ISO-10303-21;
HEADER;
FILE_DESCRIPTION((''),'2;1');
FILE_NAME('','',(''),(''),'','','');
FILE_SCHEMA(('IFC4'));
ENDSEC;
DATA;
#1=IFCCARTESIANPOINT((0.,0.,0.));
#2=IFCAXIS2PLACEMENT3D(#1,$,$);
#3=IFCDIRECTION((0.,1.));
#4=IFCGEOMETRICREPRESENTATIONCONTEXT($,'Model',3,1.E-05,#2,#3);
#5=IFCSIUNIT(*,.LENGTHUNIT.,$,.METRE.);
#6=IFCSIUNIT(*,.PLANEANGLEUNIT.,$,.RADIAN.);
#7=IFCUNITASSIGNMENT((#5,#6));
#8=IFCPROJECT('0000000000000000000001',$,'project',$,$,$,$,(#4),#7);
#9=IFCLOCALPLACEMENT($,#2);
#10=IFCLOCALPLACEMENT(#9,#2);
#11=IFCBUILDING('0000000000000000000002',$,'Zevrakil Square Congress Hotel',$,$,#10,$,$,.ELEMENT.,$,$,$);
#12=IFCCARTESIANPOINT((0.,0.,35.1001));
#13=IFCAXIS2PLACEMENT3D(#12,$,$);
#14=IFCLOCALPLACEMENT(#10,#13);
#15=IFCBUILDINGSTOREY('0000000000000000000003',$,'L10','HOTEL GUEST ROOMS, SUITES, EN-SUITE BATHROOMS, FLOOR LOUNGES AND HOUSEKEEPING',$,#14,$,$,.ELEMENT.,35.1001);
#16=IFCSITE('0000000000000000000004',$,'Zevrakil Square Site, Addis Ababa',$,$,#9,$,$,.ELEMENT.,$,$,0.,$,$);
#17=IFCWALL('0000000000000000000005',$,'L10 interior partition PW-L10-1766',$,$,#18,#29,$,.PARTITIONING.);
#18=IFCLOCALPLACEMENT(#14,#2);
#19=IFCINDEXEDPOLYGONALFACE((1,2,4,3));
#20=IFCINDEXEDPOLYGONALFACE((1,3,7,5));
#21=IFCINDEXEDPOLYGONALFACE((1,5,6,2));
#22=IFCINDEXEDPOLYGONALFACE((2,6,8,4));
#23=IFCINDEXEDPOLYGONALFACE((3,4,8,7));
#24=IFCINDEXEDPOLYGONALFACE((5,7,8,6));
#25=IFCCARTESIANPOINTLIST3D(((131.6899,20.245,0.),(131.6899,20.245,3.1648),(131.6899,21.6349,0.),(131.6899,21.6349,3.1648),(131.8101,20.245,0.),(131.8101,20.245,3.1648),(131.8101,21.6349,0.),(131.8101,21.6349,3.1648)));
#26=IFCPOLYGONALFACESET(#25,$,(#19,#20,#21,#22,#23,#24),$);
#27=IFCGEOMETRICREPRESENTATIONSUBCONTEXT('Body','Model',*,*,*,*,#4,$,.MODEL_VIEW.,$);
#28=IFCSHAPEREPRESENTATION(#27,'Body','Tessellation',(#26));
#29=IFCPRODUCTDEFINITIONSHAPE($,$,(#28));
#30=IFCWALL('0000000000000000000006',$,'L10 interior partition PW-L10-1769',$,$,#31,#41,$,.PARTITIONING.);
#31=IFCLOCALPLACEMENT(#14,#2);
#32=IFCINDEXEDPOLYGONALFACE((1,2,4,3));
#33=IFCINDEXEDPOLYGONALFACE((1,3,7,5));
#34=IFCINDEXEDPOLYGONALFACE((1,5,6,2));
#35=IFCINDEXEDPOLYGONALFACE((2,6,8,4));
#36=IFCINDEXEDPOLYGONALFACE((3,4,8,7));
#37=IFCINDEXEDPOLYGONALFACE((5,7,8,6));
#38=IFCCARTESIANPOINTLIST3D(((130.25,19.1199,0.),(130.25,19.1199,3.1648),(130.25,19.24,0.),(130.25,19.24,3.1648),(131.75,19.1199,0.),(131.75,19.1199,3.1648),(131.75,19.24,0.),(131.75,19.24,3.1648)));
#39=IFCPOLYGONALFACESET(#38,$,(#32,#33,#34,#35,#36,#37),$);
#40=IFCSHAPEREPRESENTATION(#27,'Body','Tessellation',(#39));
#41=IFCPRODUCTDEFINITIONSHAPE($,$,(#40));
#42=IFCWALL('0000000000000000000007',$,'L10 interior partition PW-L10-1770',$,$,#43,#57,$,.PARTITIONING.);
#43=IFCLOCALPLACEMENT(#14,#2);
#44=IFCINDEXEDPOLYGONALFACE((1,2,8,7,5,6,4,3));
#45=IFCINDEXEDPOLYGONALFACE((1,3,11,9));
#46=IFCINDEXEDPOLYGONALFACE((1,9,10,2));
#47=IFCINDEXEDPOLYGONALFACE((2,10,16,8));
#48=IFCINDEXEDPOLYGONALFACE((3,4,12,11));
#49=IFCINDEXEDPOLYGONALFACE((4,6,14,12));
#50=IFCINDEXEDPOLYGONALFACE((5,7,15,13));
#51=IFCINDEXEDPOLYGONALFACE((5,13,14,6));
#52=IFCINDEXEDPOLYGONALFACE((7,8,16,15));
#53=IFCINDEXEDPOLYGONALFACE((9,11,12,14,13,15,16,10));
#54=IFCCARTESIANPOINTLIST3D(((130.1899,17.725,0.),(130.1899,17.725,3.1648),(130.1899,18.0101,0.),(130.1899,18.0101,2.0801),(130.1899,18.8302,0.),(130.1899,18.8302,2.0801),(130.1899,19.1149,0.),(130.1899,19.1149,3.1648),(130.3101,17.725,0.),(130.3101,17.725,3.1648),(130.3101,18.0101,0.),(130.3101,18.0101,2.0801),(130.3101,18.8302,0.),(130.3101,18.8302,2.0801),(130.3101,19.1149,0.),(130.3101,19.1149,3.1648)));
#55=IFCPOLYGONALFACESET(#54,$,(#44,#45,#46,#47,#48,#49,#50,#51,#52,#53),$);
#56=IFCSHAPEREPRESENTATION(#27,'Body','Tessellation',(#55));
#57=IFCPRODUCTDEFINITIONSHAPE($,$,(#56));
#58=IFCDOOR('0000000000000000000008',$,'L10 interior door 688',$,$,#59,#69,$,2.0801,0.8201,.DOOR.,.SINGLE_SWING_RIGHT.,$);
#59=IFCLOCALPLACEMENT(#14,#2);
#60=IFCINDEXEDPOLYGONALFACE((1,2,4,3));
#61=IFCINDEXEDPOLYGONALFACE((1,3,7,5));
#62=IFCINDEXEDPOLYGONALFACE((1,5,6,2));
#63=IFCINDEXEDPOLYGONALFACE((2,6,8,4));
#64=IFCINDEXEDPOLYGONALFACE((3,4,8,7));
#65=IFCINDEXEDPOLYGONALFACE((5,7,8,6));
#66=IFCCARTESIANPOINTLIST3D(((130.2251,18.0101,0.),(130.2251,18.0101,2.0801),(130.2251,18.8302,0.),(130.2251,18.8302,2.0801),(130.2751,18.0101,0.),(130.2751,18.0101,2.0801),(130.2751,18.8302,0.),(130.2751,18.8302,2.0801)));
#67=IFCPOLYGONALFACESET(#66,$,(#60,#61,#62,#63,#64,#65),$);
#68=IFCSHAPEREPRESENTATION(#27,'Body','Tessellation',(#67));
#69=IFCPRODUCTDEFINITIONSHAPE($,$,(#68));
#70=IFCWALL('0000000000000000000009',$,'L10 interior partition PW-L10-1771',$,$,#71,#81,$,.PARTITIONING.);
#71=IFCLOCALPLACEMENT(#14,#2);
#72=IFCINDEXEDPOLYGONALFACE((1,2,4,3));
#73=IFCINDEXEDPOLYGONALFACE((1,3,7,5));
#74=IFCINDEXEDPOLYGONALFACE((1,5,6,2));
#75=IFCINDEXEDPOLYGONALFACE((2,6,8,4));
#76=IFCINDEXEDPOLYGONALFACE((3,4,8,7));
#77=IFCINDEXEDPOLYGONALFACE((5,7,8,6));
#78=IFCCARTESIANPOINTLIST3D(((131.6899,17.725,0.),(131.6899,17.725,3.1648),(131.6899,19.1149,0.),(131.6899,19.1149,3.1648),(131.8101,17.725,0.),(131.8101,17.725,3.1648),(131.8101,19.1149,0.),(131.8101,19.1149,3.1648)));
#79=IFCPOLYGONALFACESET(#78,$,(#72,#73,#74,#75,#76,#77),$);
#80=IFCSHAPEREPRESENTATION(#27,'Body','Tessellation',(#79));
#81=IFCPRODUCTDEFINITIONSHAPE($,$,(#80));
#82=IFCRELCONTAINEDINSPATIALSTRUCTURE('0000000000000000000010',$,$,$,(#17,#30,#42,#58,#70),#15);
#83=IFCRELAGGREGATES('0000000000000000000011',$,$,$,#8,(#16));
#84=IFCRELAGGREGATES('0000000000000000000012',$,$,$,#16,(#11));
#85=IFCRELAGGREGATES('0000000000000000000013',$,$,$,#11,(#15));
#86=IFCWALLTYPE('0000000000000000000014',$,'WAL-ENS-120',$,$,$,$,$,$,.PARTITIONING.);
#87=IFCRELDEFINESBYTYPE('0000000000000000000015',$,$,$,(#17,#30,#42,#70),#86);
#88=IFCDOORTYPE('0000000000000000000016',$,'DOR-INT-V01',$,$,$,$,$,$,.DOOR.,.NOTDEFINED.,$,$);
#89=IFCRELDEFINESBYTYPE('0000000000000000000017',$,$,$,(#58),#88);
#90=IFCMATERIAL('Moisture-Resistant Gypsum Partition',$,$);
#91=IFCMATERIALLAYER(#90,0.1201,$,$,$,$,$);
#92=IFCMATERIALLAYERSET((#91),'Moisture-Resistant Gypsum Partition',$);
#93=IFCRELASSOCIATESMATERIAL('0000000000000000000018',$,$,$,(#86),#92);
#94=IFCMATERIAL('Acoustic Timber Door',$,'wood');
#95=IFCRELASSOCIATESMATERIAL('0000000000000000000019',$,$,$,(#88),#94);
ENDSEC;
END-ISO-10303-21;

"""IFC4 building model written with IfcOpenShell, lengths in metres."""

from ifc_helpers import new_model, si_unit, direction, frame, frame_2d, origin, place, context, subcontext, project, spatial, rectangle, extrude, material, layer, layer_set, type_object, element, fill, save


model = new_model("IFC4")

# Units and contexts
model_context = context("Model", 3, precision=1e-05, world=origin(), true_north=direction((0.0, 1.0)))
body_context = subcontext(model_context, "Body", "Model", "MODEL_VIEW")
ifc_project = project(units=[si_unit("LENGTHUNIT", "METRE"), si_unit("PLANEANGLEUNIT", "RADIAN")], contexts=[model_context])

# Site, building, storey
site_placement = place(None, origin())
site = spatial("IfcSite", under=ifc_project, at=site_placement, Name="Zevrakil Square Site, Addis Ababa", CompositionType="ELEMENT", RefElevation=0.0)
building_placement = place(site_placement, origin())
building = spatial("IfcBuilding", under=site, at=building_placement, Name="Zevrakil Square Congress Hotel", CompositionType="ELEMENT")
storey_placement = place(building_placement, frame((0.0, 0.0, 35.1001)))
storey = spatial("IfcBuildingStorey", under=building, at=storey_placement, Name="L10", Description="HOTEL GUEST ROOMS, SUITES, EN-SUITE BATHROOMS, FLOOR LOUNGES AND HOUSEKEEPING", CompositionType="ELEMENT", Elevation=35.1001)

# Shared definitions
ifc_material_1 = material(Name="Moisture-Resistant Gypsum Partition")
ifc_layer_1 = layer(ifc_material_1, 0.1201)
ifc_layer_set_1 = layer_set([ifc_layer_1], Name="Moisture-Resistant Gypsum Partition")
wall_type_1 = type_object("IfcWallType", Name="WAL-ENS-120", PredefinedType="PARTITIONING", material=ifc_layer_set_1)

# Shared definitions
ifc_material_2 = material(Name="Acoustic Timber Door", Category="wood")
door_type_1 = type_object("IfcDoorType", Name="DOR-INT-V01", OperationType="NOTDEFINED", PredefinedType="DOOR", material=ifc_material_2)

# Walls
wall_1_placement = place(storey_placement, frame((131.75, 20.2451, 0.0), z_axis=(0.0, 0.0, 1.0), x_axis=(0.0, 1.0, 0.0)))
element("IfcWall", 1, at=wall_1_placement, inside=storey, type_object=wall_type_1, Name="L10 interior partition PW-L10-1766", PredefinedType="PARTITIONING", context=body_context, shape_type="SweptSolid", body=[
    extrude(rectangle(XDim=1.3899, YDim=0.1201, at=frame_2d((0.6948, 0.0))), origin(), (0.0, 0.0, 1.0), 3.1648),
])
wall_2_placement = place(storey_placement, frame((130.25, 19.1799, 0.0), z_axis=(0.0, 0.0, 1.0), x_axis=(1.0, 0.0, 0.0)))
element("IfcWall", 2, at=wall_2_placement, inside=storey, type_object=wall_type_1, Name="L10 interior partition PW-L10-1769", PredefinedType="PARTITIONING", context=body_context, shape_type="SweptSolid", body=[
    extrude(rectangle(XDim=1.5, YDim=0.1201, at=frame_2d((0.75, 0.0))), origin(), (0.0, 0.0, 1.0), 3.1648),
])

# Wall, opening, door
wall_3_placement = place(storey_placement, frame((130.25, 17.7251, 0.0), z_axis=(0.0, 0.0, 1.0), x_axis=(0.0, 1.0, 0.0)))
wall_3 = element("IfcWall", 3, at=wall_3_placement, inside=storey, type_object=wall_type_1, Name="L10 interior partition PW-L10-1770", PredefinedType="PARTITIONING", context=body_context, shape_type="SweptSolid", body=[
    extrude(rectangle(XDim=1.3899, YDim=0.1201, at=frame_2d((0.6948, 0.0))), origin(), (0.0, 0.0, 1.0), 3.1648),
])
opening_1_placement = place(wall_3_placement, frame((0.2849, 0.0, 0.0)))
opening_1 = element("IfcOpeningElement", 4, at=opening_1_placement, cuts=wall_3, PredefinedType="OPENING", context=body_context, shape_type="SweptSolid", body=[
    extrude(rectangle(XDim=0.8201, YDim=2.0801, at=frame_2d((0.4102, 1.04))), frame((0.0, 0.0701, 0.0), z_axis=(0.0, -1.0, 0.0), x_axis=(1.0, 0.0, 0.0)), (0.0, 0.0, 1.0), 0.1401),
])
door_1_placement = place(opening_1_placement, origin())
door_1 = element("IfcDoor", 5, at=door_1_placement, inside=storey, type_object=door_type_1, Name="L10 interior door 688", OperationType="SINGLE_SWING_RIGHT", OverallHeight=2.0801, OverallWidth=0.8201, PredefinedType="DOOR", context=body_context, shape_type="SweptSolid", body=[
    extrude(rectangle(XDim=0.8201, YDim=2.0801, at=frame_2d((0.4102, 1.04))), frame((0.0, 0.0249, 0.0), z_axis=(0.0, -1.0, 0.0), x_axis=(1.0, 0.0, 0.0)), (0.0, 0.0, 1.0), 0.05),
])
fill(opening_1, door_1)

# Wall
wall_4_placement = place(storey_placement, frame((131.75, 17.7251, 0.0), z_axis=(0.0, 0.0, 1.0), x_axis=(0.0, 1.0, 0.0)))
element("IfcWall", 6, at=wall_4_placement, inside=storey, type_object=wall_type_1, Name="L10 interior partition PW-L10-1771", PredefinedType="PARTITIONING", context=body_context, shape_type="SweptSolid", body=[
    extrude(rectangle(XDim=1.3899, YDim=0.1201, at=frame_2d((0.6948, 0.0))), origin(), (0.0, 0.0, 1.0), 3.1648),
])

save(model, "model.ifc")
